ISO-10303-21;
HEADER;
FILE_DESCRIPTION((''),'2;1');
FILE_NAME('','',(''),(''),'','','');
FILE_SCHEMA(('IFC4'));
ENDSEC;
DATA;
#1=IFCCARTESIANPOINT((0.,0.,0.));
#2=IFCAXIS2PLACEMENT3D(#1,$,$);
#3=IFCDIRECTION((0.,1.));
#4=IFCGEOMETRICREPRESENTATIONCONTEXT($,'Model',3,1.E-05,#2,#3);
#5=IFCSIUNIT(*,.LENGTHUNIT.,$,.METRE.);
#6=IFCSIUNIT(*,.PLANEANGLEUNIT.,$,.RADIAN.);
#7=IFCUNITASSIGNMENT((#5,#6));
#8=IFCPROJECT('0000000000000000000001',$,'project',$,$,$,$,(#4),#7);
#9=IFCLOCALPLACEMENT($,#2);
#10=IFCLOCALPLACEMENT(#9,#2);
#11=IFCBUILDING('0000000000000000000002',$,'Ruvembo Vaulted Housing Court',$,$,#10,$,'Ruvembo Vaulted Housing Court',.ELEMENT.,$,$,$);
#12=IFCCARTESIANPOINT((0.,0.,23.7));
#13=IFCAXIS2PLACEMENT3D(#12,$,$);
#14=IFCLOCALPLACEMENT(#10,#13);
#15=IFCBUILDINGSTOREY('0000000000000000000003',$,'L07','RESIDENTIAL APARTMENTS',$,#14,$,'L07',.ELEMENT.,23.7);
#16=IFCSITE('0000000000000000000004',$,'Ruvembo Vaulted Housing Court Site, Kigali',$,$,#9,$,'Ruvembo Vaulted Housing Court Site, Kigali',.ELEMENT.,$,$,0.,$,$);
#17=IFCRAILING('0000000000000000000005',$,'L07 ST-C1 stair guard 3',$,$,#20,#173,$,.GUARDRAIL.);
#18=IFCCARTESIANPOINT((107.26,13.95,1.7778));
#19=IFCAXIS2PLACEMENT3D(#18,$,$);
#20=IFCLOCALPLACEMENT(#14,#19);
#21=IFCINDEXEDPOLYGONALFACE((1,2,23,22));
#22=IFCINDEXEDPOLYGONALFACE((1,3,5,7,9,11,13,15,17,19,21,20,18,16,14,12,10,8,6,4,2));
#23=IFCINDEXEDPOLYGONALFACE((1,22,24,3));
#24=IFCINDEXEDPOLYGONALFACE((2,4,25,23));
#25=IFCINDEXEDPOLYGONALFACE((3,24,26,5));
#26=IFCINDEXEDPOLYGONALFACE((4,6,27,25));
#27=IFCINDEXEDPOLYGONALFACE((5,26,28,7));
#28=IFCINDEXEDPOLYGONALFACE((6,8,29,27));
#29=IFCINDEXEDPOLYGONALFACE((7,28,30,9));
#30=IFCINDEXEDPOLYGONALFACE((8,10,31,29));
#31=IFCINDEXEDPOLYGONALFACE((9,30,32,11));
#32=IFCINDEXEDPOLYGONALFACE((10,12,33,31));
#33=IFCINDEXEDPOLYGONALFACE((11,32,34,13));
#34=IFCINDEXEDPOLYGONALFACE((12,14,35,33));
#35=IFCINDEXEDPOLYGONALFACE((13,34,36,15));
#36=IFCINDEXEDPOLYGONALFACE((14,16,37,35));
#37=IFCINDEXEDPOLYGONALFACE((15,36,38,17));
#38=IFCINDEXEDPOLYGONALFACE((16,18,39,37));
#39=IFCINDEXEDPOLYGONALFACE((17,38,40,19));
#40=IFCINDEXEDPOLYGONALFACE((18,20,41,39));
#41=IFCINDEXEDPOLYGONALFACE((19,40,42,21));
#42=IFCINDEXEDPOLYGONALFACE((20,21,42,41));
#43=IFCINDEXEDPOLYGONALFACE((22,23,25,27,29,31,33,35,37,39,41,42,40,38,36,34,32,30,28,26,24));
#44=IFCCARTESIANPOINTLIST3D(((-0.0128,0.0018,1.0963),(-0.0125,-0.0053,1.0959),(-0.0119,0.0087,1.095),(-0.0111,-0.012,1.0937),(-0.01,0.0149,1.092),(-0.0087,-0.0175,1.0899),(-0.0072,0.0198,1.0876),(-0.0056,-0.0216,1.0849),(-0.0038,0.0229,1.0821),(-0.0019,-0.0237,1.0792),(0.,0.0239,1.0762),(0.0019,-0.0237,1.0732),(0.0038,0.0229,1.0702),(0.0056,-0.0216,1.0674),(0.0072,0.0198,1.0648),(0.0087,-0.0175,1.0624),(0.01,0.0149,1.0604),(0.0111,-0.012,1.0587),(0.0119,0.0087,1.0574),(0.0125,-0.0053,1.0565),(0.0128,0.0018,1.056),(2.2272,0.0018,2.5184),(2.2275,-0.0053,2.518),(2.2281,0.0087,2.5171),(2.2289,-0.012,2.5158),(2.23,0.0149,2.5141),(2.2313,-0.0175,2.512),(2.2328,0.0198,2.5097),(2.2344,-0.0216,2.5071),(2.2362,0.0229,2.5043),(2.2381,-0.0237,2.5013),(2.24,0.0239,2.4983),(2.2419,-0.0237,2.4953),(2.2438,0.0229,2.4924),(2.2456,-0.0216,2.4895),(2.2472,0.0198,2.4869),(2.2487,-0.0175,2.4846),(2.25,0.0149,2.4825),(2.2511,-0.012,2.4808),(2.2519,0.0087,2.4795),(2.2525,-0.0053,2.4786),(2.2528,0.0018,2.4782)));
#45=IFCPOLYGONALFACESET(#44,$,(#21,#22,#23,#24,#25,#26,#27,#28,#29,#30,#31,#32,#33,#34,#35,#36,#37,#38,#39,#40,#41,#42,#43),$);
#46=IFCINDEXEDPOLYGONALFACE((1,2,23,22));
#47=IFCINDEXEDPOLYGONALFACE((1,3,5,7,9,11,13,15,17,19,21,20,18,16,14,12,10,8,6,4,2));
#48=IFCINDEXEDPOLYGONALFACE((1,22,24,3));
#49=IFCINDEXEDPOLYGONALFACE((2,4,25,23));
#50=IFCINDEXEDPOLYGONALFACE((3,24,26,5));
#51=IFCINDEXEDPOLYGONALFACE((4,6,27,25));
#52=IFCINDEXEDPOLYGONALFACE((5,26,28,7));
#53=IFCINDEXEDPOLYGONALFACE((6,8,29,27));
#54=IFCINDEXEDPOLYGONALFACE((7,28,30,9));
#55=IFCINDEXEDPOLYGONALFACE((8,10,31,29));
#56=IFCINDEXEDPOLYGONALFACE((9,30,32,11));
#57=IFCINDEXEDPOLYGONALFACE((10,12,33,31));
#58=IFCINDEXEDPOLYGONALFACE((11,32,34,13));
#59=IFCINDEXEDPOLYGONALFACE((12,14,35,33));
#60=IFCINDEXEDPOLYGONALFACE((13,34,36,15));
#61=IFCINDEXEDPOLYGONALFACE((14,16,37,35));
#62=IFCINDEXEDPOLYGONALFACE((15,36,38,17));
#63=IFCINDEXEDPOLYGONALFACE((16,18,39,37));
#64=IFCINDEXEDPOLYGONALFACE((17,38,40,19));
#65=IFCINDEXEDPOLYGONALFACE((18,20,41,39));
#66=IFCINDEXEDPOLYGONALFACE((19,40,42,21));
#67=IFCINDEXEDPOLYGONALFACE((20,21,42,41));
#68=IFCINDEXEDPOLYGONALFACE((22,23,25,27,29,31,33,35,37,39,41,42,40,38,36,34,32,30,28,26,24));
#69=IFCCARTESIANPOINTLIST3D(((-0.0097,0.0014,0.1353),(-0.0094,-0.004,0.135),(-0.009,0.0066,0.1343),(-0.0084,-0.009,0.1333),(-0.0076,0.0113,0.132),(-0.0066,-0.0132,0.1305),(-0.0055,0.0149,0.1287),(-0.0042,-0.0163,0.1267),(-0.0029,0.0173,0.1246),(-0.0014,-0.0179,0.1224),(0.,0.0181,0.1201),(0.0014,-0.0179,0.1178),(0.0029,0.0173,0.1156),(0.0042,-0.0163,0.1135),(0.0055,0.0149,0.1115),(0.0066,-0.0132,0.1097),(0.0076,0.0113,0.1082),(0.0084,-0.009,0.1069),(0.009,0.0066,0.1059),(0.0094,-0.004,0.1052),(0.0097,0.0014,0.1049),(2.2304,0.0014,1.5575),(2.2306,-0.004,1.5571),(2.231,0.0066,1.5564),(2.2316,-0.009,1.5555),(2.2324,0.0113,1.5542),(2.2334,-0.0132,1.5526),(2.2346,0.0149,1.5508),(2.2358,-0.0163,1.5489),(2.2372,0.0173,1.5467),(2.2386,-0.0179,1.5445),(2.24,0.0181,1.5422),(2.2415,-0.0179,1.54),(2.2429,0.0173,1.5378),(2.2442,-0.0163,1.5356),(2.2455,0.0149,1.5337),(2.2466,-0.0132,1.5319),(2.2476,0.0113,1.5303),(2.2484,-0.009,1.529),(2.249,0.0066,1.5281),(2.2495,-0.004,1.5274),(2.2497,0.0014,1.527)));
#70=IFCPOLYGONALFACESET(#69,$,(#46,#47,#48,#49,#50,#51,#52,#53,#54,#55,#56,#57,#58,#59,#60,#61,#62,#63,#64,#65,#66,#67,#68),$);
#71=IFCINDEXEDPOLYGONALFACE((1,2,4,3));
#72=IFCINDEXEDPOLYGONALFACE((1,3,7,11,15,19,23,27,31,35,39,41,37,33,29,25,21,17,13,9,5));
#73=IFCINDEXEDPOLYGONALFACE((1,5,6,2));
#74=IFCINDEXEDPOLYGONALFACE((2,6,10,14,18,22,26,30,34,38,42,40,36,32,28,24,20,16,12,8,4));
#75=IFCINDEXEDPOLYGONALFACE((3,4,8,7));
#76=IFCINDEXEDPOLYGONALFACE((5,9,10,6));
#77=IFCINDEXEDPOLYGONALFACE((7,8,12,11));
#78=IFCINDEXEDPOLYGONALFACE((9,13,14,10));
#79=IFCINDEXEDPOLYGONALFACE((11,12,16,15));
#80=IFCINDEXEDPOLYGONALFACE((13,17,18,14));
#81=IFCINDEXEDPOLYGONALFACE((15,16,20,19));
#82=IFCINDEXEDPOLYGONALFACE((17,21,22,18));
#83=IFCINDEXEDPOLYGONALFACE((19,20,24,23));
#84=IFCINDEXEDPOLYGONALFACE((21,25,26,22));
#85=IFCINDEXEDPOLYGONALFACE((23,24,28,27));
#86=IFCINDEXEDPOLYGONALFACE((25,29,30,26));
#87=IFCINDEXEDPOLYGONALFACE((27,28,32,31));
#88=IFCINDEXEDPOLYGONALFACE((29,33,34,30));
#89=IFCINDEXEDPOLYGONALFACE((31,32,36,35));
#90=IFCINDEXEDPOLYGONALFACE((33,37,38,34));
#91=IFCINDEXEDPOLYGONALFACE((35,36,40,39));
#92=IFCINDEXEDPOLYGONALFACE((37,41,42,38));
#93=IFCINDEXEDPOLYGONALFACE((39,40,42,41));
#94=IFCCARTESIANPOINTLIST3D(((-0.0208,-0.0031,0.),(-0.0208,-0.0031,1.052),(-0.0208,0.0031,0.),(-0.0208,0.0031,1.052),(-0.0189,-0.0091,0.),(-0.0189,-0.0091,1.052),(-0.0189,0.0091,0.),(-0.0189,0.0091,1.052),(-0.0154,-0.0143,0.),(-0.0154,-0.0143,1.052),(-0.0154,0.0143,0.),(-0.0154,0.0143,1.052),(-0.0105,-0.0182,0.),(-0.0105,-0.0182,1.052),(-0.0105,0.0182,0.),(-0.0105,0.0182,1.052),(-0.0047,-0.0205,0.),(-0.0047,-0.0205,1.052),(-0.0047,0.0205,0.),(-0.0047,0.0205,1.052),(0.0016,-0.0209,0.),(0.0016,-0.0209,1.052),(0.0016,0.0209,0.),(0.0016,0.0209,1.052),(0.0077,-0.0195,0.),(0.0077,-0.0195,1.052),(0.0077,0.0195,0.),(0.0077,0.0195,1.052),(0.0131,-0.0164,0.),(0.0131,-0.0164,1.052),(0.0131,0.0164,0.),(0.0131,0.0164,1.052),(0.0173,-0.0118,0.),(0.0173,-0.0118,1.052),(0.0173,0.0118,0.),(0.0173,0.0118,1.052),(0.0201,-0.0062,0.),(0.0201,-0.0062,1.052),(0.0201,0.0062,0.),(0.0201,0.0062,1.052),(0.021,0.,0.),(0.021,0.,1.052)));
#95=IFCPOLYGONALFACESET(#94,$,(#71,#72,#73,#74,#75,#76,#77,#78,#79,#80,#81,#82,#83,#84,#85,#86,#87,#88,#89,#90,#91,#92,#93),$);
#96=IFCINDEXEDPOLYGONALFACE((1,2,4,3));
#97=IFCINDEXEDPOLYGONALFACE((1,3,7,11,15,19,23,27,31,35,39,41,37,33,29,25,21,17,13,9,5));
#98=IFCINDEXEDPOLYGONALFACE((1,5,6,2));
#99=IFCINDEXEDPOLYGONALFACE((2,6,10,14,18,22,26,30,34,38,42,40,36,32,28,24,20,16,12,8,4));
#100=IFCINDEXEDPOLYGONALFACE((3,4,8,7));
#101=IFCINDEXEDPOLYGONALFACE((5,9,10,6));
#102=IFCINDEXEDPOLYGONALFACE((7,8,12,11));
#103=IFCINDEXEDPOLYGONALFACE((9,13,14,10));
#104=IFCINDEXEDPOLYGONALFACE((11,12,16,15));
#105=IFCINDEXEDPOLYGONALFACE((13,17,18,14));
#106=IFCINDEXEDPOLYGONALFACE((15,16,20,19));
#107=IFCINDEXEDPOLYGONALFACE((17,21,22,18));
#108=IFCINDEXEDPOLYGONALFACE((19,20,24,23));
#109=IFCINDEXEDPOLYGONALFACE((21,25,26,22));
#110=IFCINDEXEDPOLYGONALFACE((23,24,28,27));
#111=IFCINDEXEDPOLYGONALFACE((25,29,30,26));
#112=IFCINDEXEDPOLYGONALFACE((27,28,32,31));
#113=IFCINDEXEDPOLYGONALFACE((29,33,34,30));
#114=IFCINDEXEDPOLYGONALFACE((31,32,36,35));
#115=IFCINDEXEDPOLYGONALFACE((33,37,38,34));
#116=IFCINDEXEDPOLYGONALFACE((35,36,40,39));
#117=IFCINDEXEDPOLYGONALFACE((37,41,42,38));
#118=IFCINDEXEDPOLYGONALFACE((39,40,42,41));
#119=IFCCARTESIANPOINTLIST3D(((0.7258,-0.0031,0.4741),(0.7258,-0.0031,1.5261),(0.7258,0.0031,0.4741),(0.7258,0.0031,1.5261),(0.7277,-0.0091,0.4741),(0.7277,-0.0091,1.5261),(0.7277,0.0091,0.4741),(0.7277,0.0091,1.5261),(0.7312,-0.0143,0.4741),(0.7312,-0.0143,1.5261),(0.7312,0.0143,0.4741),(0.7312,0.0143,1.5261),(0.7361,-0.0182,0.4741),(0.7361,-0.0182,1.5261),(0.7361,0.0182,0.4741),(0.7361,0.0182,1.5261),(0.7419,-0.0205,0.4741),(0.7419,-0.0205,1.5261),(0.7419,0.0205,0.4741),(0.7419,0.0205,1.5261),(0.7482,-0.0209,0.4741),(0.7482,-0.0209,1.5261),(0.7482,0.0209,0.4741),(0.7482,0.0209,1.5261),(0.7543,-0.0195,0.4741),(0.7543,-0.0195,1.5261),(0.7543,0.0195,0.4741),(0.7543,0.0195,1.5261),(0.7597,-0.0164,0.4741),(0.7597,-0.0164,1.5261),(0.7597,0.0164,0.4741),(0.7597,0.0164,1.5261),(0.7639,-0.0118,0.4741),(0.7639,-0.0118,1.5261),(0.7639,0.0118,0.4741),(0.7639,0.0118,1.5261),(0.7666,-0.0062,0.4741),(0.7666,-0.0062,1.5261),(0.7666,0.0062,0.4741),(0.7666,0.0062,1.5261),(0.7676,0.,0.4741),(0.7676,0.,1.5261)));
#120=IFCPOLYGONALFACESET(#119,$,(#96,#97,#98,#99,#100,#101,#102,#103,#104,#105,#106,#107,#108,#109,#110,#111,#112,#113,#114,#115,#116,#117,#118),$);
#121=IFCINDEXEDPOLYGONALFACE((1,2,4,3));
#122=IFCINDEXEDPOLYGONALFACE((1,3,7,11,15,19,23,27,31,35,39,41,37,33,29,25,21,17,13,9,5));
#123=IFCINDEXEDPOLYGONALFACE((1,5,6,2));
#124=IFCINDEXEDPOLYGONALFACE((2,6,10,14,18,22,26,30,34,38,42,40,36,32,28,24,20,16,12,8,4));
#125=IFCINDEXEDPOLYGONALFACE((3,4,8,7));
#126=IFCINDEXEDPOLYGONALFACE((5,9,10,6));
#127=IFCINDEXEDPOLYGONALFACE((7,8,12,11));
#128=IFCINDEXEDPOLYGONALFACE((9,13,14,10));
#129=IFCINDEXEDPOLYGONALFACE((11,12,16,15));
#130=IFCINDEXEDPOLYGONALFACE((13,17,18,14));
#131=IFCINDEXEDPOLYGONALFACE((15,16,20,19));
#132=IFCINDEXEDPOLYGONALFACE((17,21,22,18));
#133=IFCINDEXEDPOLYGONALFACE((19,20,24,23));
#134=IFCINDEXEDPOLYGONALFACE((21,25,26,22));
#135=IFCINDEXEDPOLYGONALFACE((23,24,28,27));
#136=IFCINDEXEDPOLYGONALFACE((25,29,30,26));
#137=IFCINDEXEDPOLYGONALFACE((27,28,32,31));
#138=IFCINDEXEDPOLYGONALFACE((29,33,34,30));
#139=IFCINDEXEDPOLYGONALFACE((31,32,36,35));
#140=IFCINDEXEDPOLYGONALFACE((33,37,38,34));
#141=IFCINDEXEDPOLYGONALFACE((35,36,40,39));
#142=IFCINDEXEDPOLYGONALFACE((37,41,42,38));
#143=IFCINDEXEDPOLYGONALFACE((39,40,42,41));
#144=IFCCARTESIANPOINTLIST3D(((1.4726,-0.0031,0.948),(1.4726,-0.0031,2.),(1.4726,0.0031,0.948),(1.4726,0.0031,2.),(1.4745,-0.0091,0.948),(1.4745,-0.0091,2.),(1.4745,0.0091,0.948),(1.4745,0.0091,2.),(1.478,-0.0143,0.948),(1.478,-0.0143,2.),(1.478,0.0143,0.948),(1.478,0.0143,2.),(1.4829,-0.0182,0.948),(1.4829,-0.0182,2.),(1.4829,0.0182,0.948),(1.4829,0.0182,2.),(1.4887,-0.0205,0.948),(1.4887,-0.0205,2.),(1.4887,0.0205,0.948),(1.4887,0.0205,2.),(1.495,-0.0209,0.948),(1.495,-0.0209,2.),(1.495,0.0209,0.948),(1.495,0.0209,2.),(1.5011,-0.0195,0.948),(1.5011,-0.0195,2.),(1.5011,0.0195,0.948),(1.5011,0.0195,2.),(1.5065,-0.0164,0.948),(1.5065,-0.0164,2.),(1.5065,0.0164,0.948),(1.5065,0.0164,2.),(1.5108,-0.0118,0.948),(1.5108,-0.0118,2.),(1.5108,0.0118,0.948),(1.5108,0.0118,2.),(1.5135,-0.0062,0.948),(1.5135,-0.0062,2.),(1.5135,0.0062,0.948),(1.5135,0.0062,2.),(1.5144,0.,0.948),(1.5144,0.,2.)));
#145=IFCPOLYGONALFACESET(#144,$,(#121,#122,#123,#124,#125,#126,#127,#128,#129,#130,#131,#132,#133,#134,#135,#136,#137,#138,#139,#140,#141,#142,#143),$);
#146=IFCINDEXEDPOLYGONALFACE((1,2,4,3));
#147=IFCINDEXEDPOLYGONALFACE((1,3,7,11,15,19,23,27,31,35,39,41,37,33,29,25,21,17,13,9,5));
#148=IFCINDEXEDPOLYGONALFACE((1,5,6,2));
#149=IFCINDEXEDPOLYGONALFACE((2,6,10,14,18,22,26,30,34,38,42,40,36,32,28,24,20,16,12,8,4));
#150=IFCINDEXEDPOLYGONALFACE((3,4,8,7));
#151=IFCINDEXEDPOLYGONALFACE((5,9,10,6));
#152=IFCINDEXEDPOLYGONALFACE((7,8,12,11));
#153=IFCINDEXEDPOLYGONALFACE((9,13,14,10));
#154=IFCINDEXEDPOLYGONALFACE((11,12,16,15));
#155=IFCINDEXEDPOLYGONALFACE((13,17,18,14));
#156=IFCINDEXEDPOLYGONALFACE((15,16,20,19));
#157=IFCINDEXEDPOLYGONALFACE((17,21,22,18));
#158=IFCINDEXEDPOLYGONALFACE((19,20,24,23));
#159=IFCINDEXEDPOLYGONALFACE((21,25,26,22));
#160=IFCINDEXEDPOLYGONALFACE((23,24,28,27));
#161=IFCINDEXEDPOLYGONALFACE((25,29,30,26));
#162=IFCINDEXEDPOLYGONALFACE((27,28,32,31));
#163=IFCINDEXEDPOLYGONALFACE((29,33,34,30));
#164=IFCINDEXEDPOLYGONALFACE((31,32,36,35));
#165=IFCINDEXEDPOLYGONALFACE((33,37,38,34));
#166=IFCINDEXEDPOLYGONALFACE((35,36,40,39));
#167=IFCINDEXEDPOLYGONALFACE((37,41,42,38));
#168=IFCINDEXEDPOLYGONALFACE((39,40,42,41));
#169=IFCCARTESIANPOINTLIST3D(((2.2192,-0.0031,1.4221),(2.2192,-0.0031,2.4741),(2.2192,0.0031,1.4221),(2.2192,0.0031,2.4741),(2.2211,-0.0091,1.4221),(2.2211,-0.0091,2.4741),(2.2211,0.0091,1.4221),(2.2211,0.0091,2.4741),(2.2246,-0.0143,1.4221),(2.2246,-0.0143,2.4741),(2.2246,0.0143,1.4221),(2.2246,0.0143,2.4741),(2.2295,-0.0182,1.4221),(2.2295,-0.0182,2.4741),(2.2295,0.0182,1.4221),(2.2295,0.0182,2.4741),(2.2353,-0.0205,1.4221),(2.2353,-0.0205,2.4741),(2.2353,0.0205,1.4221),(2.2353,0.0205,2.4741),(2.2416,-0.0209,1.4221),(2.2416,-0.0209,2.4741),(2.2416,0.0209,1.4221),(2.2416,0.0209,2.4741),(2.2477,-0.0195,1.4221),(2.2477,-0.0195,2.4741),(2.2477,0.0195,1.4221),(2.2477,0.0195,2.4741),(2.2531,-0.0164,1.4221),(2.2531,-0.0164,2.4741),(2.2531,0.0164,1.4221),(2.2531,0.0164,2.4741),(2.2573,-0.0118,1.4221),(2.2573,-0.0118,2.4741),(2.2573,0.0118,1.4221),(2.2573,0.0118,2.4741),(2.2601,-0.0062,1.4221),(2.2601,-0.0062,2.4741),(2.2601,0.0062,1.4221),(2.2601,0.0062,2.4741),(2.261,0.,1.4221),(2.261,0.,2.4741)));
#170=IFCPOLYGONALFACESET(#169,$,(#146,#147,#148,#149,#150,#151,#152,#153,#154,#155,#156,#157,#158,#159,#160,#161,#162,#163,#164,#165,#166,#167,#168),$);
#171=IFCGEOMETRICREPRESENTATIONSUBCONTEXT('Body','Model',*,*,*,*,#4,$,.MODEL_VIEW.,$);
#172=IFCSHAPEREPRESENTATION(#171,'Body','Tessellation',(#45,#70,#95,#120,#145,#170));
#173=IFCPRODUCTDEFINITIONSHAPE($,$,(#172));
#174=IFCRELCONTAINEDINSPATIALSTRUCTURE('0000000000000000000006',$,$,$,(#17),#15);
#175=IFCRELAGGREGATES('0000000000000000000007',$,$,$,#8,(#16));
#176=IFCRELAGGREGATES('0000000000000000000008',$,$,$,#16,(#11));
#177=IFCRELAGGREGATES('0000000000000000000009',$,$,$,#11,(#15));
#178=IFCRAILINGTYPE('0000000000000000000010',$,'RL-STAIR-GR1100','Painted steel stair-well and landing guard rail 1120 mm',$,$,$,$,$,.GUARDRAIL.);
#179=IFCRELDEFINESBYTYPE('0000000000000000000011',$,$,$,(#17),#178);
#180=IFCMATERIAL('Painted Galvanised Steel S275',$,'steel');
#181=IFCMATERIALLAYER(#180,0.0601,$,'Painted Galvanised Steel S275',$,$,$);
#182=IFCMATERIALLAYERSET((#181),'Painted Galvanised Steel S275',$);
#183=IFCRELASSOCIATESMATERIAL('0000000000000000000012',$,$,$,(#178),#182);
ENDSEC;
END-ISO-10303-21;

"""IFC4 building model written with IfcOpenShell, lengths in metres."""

from ifc_helpers import new_model, si_unit, direction, frame, origin, origin_2d, place, context, subcontext, project, spatial, circle, extrude, material, layer, layer_set, type_object, element, save


model = new_model("IFC4")

# Units and contexts
model_context = context("Model", 3, precision=1e-05, world=origin(), true_north=direction((0.0, 1.0)))
body_context = subcontext(model_context, "Body", "Model", "MODEL_VIEW")
ifc_project = project(units=[si_unit("LENGTHUNIT", "METRE"), si_unit("PLANEANGLEUNIT", "RADIAN")], contexts=[model_context])

# Site, building, storey
site_placement = place(None, origin())
site = spatial("IfcSite", under=ifc_project, at=site_placement, Name="Ruvembo Vaulted Housing Court Site, Kigali", LongName="Ruvembo Vaulted Housing Court Site, Kigali", CompositionType="ELEMENT", RefElevation=0.0)
building_placement = place(site_placement, origin())
building = spatial("IfcBuilding", under=site, at=building_placement, Name="Ruvembo Vaulted Housing Court", LongName="Ruvembo Vaulted Housing Court", CompositionType="ELEMENT")
storey_placement = place(building_placement, frame((0.0, 0.0, 23.7)))
storey = spatial("IfcBuildingStorey", under=building, at=storey_placement, Name="L07", Description="RESIDENTIAL APARTMENTS", LongName="L07", CompositionType="ELEMENT", Elevation=23.7)

# Railing
ifc_material_1 = material(Name="Painted Galvanised Steel S275", Category="steel")
ifc_layer_1 = layer(ifc_material_1, 0.0601, Name="Painted Galvanised Steel S275")
ifc_layer_set_1 = layer_set([ifc_layer_1], Name="Painted Galvanised Steel S275")
railing_type_1 = type_object("IfcRailingType", Name="RL-STAIR-GR1100", Description="Painted steel stair-well and landing guard rail 1120 mm", PredefinedType="GUARDRAIL", material=ifc_layer_set_1)
railing_1_placement = place(storey_placement, frame((107.26, 13.95, 1.7778)))
element("IfcRailing", 1, at=railing_1_placement, inside=storey, type_object=railing_type_1, Name="L07 ST-C1 stair guard 3", PredefinedType="GUARDRAIL", context=body_context, shape_type="SweptSolid", body=[
    extrude(circle(Radius=0.0239, at=origin_2d()), frame((0.0, 0.0, 1.0762), z_axis=(0.844229, 0.0, 0.535982), x_axis=(0.0, 1.0, 0.0)), (0.0, 0.0, 1.0), 2.6533),
    extrude(circle(Radius=0.0181, at=origin_2d()), frame((0.0, 0.0, 0.1201), z_axis=(0.844229, 0.0, 0.535982), x_axis=(0.0, 1.0, 0.0)), (0.0, 0.0, 1.0), 2.6533),
    extrude(circle(Radius=0.021, at=origin_2d()), origin(), (0.0, 0.0, 1.0), 1.052),
    extrude(circle(Radius=0.021, at=origin_2d()), frame((0.7466, 0.0, 0.4741)), (0.0, 0.0, 1.0), 1.052),
    extrude(circle(Radius=0.021, at=origin_2d()), frame((1.4934, 0.0, 0.948)), (0.0, 0.0, 1.0), 1.052),
    extrude(circle(Radius=0.021, at=origin_2d()), frame((2.24, 0.0, 1.4221)), (0.0, 0.0, 1.0), 1.052),
])

save(model, "model.ifc")
